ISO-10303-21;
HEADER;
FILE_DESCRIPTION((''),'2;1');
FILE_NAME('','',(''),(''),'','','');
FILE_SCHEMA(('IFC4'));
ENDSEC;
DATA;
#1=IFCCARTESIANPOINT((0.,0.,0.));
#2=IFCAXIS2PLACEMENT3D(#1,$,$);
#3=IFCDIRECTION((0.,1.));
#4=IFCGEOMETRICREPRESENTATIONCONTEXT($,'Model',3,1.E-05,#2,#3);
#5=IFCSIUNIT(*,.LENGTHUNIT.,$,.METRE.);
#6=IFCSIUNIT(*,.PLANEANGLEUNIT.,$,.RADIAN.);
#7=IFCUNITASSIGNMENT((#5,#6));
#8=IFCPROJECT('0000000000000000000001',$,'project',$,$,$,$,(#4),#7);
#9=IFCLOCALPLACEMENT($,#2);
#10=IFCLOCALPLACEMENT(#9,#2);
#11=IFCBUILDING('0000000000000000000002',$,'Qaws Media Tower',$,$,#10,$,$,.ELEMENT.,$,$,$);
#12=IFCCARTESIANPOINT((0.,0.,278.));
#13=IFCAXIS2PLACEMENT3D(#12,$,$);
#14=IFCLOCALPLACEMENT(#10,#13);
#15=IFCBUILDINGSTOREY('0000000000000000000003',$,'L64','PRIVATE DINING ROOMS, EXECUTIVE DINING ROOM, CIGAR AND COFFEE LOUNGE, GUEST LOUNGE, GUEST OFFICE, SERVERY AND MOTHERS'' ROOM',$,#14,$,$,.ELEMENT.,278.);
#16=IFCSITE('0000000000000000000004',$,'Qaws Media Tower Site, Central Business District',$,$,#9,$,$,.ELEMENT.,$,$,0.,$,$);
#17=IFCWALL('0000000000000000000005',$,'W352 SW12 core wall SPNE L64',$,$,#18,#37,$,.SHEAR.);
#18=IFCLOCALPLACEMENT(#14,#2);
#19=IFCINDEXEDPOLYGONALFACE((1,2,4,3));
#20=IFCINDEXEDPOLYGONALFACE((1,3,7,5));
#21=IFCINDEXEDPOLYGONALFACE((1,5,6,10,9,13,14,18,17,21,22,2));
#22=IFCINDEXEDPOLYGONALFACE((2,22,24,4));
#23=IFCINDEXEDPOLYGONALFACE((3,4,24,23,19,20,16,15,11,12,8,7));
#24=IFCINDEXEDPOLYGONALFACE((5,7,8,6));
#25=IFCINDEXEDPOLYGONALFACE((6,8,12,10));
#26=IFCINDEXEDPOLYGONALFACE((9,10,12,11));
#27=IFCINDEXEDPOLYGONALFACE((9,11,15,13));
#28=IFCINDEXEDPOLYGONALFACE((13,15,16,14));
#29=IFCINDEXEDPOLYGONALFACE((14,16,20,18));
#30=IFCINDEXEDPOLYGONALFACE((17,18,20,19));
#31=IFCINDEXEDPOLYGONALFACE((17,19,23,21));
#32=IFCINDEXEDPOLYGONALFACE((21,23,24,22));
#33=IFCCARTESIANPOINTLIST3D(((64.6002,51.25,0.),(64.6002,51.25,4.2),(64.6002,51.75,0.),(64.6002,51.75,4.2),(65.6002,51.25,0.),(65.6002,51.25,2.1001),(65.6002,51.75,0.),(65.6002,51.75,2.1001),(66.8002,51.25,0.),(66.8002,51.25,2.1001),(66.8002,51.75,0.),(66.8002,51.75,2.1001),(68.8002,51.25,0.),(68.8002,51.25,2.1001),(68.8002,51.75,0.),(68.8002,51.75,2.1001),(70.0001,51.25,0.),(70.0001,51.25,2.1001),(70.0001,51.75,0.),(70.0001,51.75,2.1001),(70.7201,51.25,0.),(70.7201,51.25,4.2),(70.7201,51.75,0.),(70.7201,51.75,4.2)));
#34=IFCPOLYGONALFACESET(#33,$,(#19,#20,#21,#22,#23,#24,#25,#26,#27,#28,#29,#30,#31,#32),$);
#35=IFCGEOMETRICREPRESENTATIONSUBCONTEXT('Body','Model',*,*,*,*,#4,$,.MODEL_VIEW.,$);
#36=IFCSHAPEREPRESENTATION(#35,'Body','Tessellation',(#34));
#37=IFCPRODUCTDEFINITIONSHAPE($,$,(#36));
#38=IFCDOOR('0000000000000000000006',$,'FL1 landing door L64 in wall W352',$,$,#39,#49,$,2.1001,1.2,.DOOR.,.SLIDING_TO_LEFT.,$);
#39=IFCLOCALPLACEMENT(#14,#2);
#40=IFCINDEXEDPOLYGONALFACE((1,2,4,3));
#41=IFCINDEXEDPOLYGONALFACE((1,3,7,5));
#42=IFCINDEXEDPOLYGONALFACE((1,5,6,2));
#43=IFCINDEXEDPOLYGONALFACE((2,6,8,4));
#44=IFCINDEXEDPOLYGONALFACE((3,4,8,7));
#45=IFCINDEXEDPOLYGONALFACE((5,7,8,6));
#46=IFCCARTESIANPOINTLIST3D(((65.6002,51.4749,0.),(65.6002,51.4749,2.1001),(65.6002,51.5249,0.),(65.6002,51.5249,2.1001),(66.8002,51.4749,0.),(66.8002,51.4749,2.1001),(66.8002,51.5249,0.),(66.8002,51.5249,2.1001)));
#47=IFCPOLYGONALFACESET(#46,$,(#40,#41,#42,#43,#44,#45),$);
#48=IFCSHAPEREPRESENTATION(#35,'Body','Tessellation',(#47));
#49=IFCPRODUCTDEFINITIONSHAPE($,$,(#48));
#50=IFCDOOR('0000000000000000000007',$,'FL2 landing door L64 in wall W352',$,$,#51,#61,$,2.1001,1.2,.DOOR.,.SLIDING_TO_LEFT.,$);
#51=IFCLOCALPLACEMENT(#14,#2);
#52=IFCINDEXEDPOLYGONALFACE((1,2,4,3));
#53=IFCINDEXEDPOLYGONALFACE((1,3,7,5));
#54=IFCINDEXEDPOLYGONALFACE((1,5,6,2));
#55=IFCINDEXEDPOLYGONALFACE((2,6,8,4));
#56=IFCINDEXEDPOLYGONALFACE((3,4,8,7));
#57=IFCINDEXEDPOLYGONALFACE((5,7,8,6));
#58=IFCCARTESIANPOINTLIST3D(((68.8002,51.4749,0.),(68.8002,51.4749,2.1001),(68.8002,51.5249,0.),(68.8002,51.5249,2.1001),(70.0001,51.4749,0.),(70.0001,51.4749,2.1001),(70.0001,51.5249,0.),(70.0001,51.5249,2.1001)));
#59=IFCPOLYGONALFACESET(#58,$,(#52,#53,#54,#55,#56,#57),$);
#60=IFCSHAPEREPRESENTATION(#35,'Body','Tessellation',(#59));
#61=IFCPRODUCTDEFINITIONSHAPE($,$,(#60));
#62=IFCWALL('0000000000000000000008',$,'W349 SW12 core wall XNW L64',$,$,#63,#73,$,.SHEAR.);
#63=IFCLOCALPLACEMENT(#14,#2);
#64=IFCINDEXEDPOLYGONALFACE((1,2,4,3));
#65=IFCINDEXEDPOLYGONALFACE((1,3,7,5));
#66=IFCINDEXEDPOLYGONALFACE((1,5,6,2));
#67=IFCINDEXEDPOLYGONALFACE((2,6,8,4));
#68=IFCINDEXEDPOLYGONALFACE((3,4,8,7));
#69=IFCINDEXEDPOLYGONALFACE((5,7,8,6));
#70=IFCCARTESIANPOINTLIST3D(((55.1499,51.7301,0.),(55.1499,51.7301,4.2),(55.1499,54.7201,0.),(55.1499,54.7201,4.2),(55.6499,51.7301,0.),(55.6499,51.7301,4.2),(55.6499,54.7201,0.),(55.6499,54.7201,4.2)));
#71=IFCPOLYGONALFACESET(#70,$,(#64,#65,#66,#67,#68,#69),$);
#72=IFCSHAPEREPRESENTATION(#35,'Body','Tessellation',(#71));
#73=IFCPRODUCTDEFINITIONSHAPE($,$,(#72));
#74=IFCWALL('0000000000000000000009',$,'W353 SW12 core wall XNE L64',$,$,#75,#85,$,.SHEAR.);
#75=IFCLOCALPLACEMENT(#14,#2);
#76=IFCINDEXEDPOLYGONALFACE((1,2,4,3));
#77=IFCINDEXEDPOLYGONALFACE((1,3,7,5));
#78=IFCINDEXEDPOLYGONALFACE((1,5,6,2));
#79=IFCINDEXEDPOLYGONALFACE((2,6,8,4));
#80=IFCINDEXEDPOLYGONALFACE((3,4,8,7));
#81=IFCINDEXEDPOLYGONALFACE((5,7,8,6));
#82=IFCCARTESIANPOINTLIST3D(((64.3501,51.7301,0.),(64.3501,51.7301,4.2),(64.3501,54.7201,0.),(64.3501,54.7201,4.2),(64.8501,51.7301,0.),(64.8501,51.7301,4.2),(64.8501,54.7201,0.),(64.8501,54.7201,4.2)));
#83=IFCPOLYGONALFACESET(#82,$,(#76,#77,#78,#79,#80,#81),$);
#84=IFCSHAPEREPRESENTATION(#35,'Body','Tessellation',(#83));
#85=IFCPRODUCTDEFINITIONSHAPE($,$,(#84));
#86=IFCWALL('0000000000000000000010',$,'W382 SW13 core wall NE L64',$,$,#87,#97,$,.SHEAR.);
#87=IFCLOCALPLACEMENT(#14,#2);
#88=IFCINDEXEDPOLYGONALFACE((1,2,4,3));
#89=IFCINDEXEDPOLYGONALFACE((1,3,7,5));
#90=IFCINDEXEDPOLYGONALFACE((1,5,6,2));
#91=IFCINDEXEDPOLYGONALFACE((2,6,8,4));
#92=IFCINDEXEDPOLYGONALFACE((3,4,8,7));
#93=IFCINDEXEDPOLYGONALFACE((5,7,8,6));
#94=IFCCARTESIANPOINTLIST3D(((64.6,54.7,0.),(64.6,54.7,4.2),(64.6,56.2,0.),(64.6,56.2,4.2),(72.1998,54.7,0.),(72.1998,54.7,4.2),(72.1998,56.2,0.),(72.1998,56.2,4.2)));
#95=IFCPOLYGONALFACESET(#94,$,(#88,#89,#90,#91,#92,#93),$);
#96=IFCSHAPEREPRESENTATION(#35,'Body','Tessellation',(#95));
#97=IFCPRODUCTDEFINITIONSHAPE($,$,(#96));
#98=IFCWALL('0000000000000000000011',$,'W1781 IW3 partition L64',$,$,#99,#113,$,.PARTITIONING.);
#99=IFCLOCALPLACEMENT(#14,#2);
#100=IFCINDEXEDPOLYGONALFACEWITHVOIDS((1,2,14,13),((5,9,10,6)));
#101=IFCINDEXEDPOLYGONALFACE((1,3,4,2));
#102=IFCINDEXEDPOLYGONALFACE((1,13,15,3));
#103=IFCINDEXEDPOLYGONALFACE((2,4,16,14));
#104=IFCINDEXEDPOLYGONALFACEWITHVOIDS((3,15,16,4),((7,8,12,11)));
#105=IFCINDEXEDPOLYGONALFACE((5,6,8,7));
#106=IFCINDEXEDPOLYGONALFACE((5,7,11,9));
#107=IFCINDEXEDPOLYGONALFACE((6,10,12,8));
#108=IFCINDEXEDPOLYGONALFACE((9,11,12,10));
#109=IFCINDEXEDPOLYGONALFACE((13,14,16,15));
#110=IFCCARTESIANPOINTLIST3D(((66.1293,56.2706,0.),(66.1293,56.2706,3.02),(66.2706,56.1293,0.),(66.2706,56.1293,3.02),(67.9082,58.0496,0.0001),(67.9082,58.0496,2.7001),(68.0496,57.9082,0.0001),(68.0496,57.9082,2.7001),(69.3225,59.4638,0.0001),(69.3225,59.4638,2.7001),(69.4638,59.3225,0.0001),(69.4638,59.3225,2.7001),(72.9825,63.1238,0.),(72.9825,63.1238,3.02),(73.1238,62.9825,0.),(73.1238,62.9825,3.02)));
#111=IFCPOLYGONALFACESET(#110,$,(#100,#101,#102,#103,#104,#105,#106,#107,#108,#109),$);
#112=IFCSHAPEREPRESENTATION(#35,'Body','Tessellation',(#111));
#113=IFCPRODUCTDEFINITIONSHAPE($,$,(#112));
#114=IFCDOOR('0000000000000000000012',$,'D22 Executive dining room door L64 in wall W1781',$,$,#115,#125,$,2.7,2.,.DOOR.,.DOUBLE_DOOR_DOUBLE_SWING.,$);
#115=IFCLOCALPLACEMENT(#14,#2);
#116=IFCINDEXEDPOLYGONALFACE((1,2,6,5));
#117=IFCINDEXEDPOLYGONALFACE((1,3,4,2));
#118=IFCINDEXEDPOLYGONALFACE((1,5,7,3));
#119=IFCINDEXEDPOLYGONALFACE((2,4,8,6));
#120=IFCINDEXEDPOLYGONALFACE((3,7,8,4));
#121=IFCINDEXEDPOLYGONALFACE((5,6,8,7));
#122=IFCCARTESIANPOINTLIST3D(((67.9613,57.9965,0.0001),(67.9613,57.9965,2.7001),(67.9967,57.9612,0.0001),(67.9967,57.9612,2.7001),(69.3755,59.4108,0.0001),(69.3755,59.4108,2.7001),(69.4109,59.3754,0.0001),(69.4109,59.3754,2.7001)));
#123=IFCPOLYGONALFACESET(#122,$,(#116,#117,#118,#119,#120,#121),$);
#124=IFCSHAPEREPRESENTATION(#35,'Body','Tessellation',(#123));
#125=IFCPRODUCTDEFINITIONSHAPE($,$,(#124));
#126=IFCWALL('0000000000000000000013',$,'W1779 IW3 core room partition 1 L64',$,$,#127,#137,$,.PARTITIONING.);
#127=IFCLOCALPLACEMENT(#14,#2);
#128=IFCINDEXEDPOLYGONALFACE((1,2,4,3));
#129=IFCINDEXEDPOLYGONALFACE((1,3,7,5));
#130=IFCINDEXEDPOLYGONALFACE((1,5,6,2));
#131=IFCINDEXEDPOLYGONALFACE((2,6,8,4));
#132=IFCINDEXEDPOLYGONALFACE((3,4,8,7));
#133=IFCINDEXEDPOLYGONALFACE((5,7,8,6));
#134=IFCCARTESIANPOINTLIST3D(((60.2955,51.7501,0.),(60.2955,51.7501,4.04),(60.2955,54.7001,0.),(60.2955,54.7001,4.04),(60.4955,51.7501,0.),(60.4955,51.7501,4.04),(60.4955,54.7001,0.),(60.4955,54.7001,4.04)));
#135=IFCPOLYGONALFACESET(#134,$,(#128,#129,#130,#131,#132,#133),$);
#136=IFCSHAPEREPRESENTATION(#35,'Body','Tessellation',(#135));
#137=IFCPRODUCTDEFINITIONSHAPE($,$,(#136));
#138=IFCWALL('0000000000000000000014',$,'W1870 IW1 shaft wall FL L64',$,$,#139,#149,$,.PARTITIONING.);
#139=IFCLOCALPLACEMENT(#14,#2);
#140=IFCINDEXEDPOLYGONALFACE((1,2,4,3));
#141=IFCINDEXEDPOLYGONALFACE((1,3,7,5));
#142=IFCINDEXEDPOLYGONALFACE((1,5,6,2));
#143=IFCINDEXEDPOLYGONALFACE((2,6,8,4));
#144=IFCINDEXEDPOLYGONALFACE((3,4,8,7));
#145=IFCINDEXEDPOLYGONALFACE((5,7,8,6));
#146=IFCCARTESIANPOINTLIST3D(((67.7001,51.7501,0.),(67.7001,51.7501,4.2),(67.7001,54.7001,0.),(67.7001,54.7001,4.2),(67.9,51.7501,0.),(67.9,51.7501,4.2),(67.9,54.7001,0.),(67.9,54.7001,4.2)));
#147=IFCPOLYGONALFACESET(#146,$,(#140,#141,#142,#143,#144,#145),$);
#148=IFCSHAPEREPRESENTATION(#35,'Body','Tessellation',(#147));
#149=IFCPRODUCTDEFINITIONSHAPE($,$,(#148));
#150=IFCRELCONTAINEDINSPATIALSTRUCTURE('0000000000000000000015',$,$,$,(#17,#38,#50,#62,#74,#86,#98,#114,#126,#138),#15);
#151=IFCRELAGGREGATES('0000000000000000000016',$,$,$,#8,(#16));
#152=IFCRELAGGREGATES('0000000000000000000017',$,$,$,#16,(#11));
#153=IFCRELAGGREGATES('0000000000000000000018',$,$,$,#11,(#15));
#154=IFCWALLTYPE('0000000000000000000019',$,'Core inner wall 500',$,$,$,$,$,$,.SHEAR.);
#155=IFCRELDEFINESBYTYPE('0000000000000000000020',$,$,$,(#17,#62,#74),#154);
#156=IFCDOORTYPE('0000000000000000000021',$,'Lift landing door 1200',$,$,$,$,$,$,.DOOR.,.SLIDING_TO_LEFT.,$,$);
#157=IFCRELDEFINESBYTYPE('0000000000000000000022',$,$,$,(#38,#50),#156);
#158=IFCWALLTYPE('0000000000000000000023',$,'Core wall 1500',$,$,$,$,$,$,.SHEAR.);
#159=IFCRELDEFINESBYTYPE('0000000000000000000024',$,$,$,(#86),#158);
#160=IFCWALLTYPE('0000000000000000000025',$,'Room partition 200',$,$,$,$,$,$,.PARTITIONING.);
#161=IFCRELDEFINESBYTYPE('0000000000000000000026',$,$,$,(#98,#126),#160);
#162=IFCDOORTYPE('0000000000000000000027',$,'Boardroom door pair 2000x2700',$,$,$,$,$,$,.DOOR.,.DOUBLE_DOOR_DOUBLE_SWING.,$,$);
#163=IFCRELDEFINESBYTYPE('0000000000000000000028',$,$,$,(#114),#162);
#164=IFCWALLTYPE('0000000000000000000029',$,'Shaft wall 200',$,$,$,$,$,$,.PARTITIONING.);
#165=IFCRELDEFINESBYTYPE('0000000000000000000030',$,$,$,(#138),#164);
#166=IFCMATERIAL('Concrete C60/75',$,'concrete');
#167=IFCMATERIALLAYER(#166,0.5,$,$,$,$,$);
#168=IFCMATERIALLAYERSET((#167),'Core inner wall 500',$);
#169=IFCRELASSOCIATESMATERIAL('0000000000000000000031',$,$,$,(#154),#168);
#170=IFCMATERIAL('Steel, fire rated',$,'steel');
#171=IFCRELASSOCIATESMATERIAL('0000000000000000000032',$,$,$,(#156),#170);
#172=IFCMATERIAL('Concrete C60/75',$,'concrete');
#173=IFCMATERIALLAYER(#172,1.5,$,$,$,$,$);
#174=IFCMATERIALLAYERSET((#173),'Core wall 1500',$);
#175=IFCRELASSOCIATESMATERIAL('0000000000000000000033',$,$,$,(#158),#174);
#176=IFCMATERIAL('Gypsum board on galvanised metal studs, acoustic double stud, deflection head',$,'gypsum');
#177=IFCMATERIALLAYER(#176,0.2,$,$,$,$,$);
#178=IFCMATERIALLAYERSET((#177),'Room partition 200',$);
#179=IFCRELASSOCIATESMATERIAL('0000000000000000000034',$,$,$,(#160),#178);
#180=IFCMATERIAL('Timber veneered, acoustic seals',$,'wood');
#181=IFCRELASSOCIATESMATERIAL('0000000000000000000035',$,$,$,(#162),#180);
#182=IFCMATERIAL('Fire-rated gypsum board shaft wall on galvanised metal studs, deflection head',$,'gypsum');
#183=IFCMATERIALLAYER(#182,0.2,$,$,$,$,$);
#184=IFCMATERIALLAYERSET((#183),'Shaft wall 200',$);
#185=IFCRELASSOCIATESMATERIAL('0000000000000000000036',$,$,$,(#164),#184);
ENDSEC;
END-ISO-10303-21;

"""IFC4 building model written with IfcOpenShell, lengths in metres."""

from ifc_helpers import new_model, si_unit, direction, frame, frame_2d, origin, place, context, subcontext, project, spatial, rectangle, extrude, material, layer, layer_set, type_object, element, fill, save


model = new_model("IFC4")

# Units and contexts
model_context = context("Model", 3, precision=1e-05, world=origin(), true_north=direction((0.0, 1.0)))
body_context = subcontext(model_context, "Body", "Model", "MODEL_VIEW")
ifc_project = project(units=[si_unit("LENGTHUNIT", "METRE"), si_unit("PLANEANGLEUNIT", "RADIAN")], contexts=[model_context])

# Site, building, storey
site_placement = place(None, origin())
site = spatial("IfcSite", under=ifc_project, at=site_placement, Name="Qaws Media Tower Site, Central Business District", CompositionType="ELEMENT", RefElevation=0.0)
building_placement = place(site_placement, origin())
building = spatial("IfcBuilding", under=site, at=building_placement, Name="Qaws Media Tower", CompositionType="ELEMENT")
storey_placement = place(building_placement, frame((0.0, 0.0, 278.0)))
storey = spatial("IfcBuildingStorey", under=building, at=storey_placement, Name="L64", Description="PRIVATE DINING ROOMS, EXECUTIVE DINING ROOM, CIGAR AND COFFEE LOUNGE, GUEST LOUNGE, GUEST OFFICE, SERVERY AND MOTHERS' ROOM", CompositionType="ELEMENT", Elevation=278.0)

# Wall, openings, doors
ifc_material_1 = material(Name="Concrete C60/75", Category="concrete")
ifc_layer_1 = layer(ifc_material_1, 0.5)
ifc_layer_set_1 = layer_set([ifc_layer_1], Name="Core inner wall 500")
wall_type_1 = type_object("IfcWallType", Name="Core inner wall 500", PredefinedType="SHEAR", material=ifc_layer_set_1)
wall_1_placement = place(storey_placement, frame((64.6001, 51.5, 0.0), z_axis=(0.0, 0.0, 1.0), x_axis=(1.0, 0.0, 0.0)))
wall_1 = element("IfcWall", 1, at=wall_1_placement, inside=storey, type_object=wall_type_1, Name="W352 SW12 core wall SPNE L64", PredefinedType="SHEAR", context=body_context, shape_type="SweptSolid", body=[
    extrude(rectangle(XDim=6.1199, YDim=0.5, at=frame_2d((3.0601, 0.0))), origin(), (0.0, 0.0, 1.0), 4.2),
])
opening_1_placement = place(wall_1_placement, frame((1.0, 0.0, 0.0)))
opening_1 = element("IfcOpeningElement", 2, at=opening_1_placement, cuts=wall_1, PredefinedType="OPENING", context=body_context, shape_type="SweptSolid", body=[
    extrude(rectangle(XDim=1.2, YDim=2.1001, at=frame_2d((0.6001, 1.05))), frame((0.0, 0.26, 0.0), z_axis=(0.0, -1.0, 0.0), x_axis=(1.0, 0.0, 0.0)), (0.0, 0.0, 1.0), 0.52),
])
opening_2_placement = place(wall_1_placement, frame((4.2, 0.0, 0.0)))
opening_2 = element("IfcOpeningElement", 3, at=opening_2_placement, cuts=wall_1, PredefinedType="OPENING", context=body_context, shape_type="SweptSolid", body=[
    extrude(rectangle(XDim=1.2, YDim=2.1001, at=frame_2d((0.6001, 1.05))), frame((0.0, 0.26, 0.0), z_axis=(0.0, -1.0, 0.0), x_axis=(1.0, 0.0, 0.0)), (0.0, 0.0, 1.0), 0.52),
])
ifc_material_2 = material(Name="Steel, fire rated", Category="steel")
door_type_1 = type_object("IfcDoorType", Name="Lift landing door 1200", OperationType="SLIDING_TO_LEFT", PredefinedType="DOOR", material=ifc_material_2)
door_1_placement = place(opening_1_placement, origin())
door_1 = element("IfcDoor", 4, at=door_1_placement, inside=storey, type_object=door_type_1, Name="FL1 landing door L64 in wall W352", OperationType="SLIDING_TO_LEFT", OverallHeight=2.1001, OverallWidth=1.2, PredefinedType="DOOR", context=body_context, shape_type="SweptSolid", body=[
    extrude(rectangle(XDim=1.2, YDim=2.1001, at=frame_2d((0.6001, 1.05))), frame((0.0, 0.0249, 0.0), z_axis=(0.0, -1.0, 0.0), x_axis=(1.0, 0.0, 0.0)), (0.0, 0.0, 1.0), 0.05),
])
fill(opening_1, door_1)
door_2_placement = place(opening_2_placement, origin())
door_2 = element("IfcDoor", 5, at=door_2_placement, inside=storey, type_object=door_type_1, Name="FL2 landing door L64 in wall W352", OperationType="SLIDING_TO_LEFT", OverallHeight=2.1001, OverallWidth=1.2, PredefinedType="DOOR", context=body_context, shape_type="SweptSolid", body=[
    extrude(rectangle(XDim=1.2, YDim=2.1001, at=frame_2d((0.6001, 1.05))), frame((0.0, 0.0249, 0.0), z_axis=(0.0, -1.0, 0.0), x_axis=(1.0, 0.0, 0.0)), (0.0, 0.0, 1.0), 0.05),
])
fill(opening_2, door_2)

# Walls
for number, where, z_axis, x_axis, name in (
    (6, (55.3999, 51.73, 0.0), (0.0, 0.0, 1.0), (0.0, 1.0, 0.0), "W349 SW12 core wall XNW L64"),
    (7, (64.6001, 51.73, 0.0), (0.0, 0.0, 1.0), (0.0, 1.0, 0.0), "W353 SW12 core wall XNE L64"),
):
    element("IfcWall", number, at=place(storey_placement, frame(where, z_axis=z_axis, x_axis=x_axis)), inside=storey, type_object=wall_type_1, Name=name, PredefinedType="SHEAR", context=body_context, shape_type="SweptSolid", body=[
        extrude(rectangle(XDim=2.99, YDim=0.5, at=frame_2d((1.4951, 0.0))), origin(), (0.0, 0.0, 1.0), 4.2),
    ])
ifc_material_3 = material(Name="Concrete C60/75", Category="concrete")
ifc_layer_2 = layer(ifc_material_3, 1.5)
ifc_layer_set_2 = layer_set([ifc_layer_2], Name="Core wall 1500")
wall_type_2 = type_object("IfcWallType", Name="Core wall 1500", PredefinedType="SHEAR", material=ifc_layer_set_2)
wall_2_placement = place(storey_placement, frame((64.6001, 55.45, 0.0), z_axis=(0.0, 0.0, 1.0), x_axis=(1.0, 0.0, 0.0)))
element("IfcWall", 8, at=wall_2_placement, inside=storey, type_object=wall_type_2, Name="W382 SW13 core wall NE L64", PredefinedType="SHEAR", context=body_context, shape_type="SweptSolid", body=[
    extrude(rectangle(XDim=7.5999, YDim=1.5, at=frame_2d((3.7998, 0.0))), origin(), (0.0, 0.0, 1.0), 4.2),
])

# Wall, opening, door
ifc_material_4 = material(Name="Gypsum board on galvanised metal studs, acoustic double stud, deflection head", Category="gypsum")
ifc_layer_3 = layer(ifc_material_4, 0.2)
ifc_layer_set_3 = layer_set([ifc_layer_3], Name="Room partition 200")
wall_type_3 = type_object("IfcWallType", Name="Room partition 200", PredefinedType="PARTITIONING", material=ifc_layer_set_3)
wall_3_placement = place(storey_placement, frame((66.2, 56.2, 0.0), z_axis=(0.0, 0.0, 1.0), x_axis=(0.707107, 0.707107, 0.0)))
wall_3 = element("IfcWall", 9, at=wall_3_placement, inside=storey, type_object=wall_type_3, Name="W1781 IW3 partition L64", PredefinedType="PARTITIONING", context=body_context, shape_type="SweptSolid", body=[
    extrude(rectangle(XDim=9.6919, YDim=0.2, at=frame_2d((4.8459, 0.0))), origin(), (0.0, 0.0, 1.0), 3.02),
])
opening_3_placement = place(wall_3_placement, frame((2.5159, 0.0, 0.0)))
opening_3 = element("IfcOpeningElement", 10, at=opening_3_placement, cuts=wall_3, PredefinedType="OPENING", context=body_context, shape_type="SweptSolid", body=[
    extrude(rectangle(XDim=2.0, YDim=2.7, at=frame_2d((1.0, 1.3501))), frame((0.0, 0.1099, 0.0), z_axis=(0.0, -1.0, 0.0), x_axis=(1.0, 0.0, 0.0)), (0.0, 0.0, 1.0), 0.22),
])
ifc_material_5 = material(Name="Timber veneered, acoustic seals", Category="wood")
door_type_2 = type_object("IfcDoorType", Name="Boardroom door pair 2000x2700", OperationType="DOUBLE_DOOR_DOUBLE_SWING", PredefinedType="DOOR", material=ifc_material_5)
door_3_placement = place(opening_3_placement, origin())
door_3 = element("IfcDoor", 11, at=door_3_placement, inside=storey, type_object=door_type_2, Name="D22 Executive dining room door L64 in wall W1781", OperationType="DOUBLE_DOOR_DOUBLE_SWING", OverallHeight=2.7, OverallWidth=2.0, PredefinedType="DOOR", context=body_context, shape_type="SweptSolid", body=[
    extrude(rectangle(XDim=2.0, YDim=2.7, at=frame_2d((1.0, 1.3501))), frame((0.0, 0.0249, 0.0), z_axis=(0.0, -1.0, 0.0), x_axis=(1.0, 0.0, 0.0)), (0.0, 0.0, 1.0), 0.05),
])
fill(opening_3, door_3)

# Walls
wall_4_placement = place(storey_placement, frame((60.3955, 51.75, 0.0), z_axis=(0.0, 0.0, 1.0), x_axis=(0.0, 1.0, 0.0)))
element("IfcWall", 12, at=wall_4_placement, inside=storey, type_object=wall_type_3, Name="W1779 IW3 core room partition 1 L64", PredefinedType="PARTITIONING", context=body_context, shape_type="SweptSolid", body=[
    extrude(rectangle(XDim=2.95, YDim=0.2, at=frame_2d((1.4751, 0.0))), origin(), (0.0, 0.0, 1.0), 4.04),
])
ifc_material_6 = material(Name="Fire-rated gypsum board shaft wall on galvanised metal studs, deflection head", Category="gypsum")
ifc_layer_4 = layer(ifc_material_6, 0.2)
ifc_layer_set_4 = layer_set([ifc_layer_4], Name="Shaft wall 200")
wall_type_4 = type_object("IfcWallType", Name="Shaft wall 200", PredefinedType="PARTITIONING", material=ifc_layer_set_4)
wall_5_placement = place(storey_placement, frame((67.8, 51.75, 0.0), z_axis=(0.0, 0.0, 1.0), x_axis=(0.0, 1.0, 0.0)))
element("IfcWall", 13, at=wall_5_placement, inside=storey, type_object=wall_type_4, Name="W1870 IW1 shaft wall FL L64", PredefinedType="PARTITIONING", context=body_context, shape_type="SweptSolid", body=[
    extrude(rectangle(XDim=2.95, YDim=0.2, at=frame_2d((1.4751, 0.0))), origin(), (0.0, 0.0, 1.0), 4.2),
])

save(model, "model.ifc")
